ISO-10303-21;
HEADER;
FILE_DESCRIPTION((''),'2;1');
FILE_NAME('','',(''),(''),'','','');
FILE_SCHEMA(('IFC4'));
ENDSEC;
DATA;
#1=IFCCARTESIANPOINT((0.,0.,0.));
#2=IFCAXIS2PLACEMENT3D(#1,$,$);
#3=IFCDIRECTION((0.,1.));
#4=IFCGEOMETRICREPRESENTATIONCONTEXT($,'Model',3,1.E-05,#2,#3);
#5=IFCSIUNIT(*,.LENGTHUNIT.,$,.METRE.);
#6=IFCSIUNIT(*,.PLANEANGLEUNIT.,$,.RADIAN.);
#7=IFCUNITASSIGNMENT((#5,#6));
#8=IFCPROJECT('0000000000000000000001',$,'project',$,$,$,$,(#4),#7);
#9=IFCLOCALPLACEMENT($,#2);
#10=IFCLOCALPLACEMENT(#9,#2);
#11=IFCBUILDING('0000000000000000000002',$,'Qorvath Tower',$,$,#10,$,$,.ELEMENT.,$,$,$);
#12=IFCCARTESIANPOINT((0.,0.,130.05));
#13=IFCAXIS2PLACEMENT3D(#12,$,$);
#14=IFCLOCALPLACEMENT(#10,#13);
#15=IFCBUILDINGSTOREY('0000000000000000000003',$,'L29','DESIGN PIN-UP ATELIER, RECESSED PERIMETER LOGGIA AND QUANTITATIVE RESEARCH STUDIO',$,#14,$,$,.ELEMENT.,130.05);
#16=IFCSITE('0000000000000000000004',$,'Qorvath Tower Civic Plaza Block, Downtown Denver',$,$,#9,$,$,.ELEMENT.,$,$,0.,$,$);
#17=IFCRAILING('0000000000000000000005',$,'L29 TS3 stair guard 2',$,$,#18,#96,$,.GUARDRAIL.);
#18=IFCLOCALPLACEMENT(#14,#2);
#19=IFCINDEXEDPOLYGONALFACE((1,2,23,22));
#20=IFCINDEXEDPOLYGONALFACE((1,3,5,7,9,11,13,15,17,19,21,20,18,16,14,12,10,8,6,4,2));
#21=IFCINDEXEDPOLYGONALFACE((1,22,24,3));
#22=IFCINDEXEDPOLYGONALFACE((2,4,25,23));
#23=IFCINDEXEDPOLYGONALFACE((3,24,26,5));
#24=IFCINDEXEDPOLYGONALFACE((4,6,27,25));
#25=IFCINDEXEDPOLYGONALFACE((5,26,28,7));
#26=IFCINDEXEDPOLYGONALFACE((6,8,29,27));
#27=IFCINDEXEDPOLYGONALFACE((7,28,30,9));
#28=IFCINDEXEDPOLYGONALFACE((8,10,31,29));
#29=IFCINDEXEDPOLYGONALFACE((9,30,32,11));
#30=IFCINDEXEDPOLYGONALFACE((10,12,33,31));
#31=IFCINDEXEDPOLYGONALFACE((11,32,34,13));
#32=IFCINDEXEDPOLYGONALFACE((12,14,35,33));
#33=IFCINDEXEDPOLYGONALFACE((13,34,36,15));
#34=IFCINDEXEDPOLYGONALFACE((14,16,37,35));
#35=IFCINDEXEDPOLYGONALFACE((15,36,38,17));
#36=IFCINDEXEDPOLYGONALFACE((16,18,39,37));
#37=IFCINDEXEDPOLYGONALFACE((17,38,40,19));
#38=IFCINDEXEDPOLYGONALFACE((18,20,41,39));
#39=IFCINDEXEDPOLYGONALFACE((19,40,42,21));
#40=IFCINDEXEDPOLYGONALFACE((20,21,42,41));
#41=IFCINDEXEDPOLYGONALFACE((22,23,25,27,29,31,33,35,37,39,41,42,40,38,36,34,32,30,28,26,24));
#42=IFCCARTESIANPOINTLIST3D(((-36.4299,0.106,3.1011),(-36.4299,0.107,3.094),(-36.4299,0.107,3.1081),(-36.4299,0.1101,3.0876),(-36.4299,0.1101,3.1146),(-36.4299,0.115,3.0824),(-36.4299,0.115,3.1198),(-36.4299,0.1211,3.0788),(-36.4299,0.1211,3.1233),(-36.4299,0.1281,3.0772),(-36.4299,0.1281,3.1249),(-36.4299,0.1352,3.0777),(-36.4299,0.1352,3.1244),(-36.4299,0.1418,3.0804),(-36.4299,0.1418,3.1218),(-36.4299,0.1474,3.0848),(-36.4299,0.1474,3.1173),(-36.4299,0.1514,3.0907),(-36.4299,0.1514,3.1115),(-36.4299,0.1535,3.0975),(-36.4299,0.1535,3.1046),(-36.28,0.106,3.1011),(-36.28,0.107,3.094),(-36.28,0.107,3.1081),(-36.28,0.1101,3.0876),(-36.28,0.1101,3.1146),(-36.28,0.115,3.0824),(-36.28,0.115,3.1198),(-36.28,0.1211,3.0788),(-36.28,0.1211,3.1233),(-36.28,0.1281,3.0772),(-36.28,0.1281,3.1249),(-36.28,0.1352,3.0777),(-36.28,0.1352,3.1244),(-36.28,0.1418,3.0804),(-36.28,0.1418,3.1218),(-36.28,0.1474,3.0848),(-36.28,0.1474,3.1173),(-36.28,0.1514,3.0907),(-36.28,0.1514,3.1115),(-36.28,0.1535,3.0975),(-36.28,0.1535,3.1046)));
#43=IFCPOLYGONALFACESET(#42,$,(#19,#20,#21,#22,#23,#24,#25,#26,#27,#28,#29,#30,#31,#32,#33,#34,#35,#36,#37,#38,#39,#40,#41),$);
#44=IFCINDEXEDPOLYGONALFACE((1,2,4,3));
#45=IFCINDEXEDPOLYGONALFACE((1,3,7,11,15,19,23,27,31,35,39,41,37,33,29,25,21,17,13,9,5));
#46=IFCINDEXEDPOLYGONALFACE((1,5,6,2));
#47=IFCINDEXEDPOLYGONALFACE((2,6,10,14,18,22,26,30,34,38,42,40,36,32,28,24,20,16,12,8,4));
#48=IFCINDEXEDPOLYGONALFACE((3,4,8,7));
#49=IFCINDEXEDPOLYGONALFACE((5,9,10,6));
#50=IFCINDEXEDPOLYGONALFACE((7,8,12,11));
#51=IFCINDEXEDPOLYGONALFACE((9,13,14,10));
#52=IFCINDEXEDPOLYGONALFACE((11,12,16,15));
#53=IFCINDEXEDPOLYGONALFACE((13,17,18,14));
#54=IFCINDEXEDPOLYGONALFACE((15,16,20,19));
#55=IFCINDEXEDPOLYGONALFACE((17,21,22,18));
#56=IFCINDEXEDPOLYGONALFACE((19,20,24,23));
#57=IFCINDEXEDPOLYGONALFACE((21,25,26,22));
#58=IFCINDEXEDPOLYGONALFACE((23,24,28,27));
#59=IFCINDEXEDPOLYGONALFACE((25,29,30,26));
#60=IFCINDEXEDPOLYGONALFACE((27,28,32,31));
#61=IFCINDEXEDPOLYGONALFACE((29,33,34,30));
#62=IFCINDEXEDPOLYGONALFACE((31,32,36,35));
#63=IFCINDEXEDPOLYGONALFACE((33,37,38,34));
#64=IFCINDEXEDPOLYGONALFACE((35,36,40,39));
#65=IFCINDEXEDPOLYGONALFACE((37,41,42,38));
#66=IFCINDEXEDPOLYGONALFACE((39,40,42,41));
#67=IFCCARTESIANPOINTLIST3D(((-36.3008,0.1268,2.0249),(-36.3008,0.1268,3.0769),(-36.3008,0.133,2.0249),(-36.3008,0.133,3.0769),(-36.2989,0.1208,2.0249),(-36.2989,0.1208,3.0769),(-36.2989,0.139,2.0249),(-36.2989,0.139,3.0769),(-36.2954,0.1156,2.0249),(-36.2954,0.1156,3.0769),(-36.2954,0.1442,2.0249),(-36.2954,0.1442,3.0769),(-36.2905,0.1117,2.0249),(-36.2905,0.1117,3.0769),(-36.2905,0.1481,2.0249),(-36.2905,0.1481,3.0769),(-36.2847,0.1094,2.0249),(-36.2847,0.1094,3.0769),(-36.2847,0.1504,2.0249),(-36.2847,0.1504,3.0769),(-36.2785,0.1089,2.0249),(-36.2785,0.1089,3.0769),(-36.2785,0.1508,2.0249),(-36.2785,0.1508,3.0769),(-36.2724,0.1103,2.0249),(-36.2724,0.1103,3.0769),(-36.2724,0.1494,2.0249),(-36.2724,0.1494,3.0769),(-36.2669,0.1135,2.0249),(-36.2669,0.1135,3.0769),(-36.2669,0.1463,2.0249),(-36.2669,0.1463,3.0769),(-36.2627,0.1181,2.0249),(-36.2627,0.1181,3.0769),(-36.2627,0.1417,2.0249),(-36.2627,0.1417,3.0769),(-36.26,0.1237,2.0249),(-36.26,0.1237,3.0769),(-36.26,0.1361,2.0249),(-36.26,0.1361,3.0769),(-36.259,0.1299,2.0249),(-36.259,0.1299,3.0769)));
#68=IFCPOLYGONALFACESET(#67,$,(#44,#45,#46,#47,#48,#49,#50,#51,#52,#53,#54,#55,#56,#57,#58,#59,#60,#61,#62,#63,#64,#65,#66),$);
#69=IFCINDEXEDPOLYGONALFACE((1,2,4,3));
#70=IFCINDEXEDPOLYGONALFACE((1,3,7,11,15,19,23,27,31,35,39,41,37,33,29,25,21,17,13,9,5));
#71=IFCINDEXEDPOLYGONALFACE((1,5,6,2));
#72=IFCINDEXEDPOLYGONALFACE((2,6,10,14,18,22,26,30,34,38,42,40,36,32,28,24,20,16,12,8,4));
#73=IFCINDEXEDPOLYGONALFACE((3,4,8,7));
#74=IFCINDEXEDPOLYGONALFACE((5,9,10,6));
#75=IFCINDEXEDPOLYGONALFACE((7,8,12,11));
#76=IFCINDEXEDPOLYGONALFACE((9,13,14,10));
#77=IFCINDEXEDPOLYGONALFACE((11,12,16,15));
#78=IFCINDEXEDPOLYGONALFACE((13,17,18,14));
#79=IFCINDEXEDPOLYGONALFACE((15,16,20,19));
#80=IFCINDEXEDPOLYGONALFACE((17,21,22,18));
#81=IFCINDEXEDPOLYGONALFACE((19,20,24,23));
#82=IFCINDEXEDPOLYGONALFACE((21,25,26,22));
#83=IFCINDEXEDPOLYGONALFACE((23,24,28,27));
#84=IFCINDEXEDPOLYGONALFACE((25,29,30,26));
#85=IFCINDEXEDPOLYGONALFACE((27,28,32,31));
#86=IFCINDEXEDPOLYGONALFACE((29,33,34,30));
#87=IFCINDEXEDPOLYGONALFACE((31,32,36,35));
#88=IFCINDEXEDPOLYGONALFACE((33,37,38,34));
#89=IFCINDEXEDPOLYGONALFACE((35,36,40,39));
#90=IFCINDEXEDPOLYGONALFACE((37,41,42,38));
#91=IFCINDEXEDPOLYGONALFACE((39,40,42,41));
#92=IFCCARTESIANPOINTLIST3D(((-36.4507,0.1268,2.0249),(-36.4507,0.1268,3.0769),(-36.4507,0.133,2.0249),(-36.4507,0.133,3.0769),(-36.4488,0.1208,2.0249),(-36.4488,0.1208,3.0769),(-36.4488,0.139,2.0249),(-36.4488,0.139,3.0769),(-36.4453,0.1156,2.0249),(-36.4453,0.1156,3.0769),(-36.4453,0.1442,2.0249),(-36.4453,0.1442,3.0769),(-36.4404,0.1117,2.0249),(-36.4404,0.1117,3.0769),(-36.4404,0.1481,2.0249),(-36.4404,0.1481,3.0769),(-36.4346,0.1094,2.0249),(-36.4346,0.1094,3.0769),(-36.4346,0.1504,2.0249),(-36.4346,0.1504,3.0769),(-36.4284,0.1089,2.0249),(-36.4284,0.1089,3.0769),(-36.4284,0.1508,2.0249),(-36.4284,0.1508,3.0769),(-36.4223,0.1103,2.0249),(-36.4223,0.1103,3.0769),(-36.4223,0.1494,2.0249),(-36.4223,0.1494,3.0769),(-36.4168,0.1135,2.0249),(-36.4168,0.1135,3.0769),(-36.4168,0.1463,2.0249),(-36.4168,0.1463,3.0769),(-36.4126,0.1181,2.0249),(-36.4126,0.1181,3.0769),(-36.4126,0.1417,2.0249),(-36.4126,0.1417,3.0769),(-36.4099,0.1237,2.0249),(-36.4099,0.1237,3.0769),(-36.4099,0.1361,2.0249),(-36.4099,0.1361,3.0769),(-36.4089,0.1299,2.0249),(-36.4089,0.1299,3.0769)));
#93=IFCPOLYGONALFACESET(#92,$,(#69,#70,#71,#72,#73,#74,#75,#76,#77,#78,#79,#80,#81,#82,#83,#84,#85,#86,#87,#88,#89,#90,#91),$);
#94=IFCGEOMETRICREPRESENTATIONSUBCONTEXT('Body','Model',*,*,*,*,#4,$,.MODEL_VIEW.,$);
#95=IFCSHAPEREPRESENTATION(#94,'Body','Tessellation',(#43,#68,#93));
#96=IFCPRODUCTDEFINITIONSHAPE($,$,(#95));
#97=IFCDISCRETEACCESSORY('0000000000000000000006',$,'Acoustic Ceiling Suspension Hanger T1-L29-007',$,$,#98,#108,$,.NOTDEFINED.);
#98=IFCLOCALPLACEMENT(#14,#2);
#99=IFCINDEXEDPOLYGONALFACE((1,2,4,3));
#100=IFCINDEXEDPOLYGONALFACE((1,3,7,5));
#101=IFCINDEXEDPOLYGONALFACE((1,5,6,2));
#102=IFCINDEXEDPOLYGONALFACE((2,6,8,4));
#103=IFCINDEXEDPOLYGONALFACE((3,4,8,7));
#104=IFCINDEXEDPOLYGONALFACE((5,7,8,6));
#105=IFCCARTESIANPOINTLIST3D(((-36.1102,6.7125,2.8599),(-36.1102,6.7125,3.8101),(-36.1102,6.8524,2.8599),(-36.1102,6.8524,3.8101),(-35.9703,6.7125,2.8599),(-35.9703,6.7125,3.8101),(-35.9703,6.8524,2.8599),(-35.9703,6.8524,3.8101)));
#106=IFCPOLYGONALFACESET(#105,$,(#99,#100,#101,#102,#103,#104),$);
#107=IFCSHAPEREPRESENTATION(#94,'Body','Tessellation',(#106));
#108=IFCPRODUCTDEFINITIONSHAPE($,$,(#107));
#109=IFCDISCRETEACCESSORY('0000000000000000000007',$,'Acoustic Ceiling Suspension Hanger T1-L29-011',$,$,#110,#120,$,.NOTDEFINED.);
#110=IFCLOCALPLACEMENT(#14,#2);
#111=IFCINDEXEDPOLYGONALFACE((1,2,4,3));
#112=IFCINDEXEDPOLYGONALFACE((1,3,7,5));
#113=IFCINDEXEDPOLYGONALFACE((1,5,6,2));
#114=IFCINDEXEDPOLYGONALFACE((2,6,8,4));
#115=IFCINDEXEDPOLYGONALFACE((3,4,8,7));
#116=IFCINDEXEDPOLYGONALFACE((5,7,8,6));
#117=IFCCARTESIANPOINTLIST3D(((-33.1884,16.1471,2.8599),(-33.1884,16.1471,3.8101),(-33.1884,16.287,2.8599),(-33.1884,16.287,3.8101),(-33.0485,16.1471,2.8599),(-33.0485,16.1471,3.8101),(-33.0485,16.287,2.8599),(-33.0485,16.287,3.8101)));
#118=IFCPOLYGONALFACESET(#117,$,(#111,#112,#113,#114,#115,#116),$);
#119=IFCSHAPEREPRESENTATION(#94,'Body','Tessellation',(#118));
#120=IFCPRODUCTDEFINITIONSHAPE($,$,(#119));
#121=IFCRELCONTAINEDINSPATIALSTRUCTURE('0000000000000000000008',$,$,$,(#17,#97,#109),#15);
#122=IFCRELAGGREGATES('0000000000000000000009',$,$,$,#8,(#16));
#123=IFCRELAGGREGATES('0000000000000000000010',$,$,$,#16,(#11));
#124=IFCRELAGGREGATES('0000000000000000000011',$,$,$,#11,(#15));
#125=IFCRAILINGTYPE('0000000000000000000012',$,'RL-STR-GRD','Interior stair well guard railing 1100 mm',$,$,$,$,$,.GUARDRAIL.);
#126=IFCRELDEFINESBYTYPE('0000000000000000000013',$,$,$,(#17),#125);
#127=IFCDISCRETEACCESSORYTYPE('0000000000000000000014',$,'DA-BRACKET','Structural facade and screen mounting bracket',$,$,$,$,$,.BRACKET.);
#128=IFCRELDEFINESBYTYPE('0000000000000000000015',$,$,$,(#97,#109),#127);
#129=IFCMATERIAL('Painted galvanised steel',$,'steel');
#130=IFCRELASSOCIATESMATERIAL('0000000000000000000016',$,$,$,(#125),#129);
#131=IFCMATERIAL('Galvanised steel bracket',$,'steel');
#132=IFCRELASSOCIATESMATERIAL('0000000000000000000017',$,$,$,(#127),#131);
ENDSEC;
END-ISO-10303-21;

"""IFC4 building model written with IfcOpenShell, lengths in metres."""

from ifc_helpers import new_model, si_unit, direction, frame, origin, origin_2d, place, context, subcontext, project, spatial, rectangle, circle, extrude, material, type_object, element, save


model = new_model("IFC4")

# Units and contexts
model_context = context("Model", 3, precision=1e-05, world=origin(), true_north=direction((0.0, 1.0)))
body_context = subcontext(model_context, "Body", "Model", "MODEL_VIEW")
ifc_project = project(units=[si_unit("LENGTHUNIT", "METRE"), si_unit("PLANEANGLEUNIT", "RADIAN")], contexts=[model_context])

# Site, building, storey
site_placement = place(None, origin())
site = spatial("IfcSite", under=ifc_project, at=site_placement, Name="Qorvath Tower Civic Plaza Block, Downtown Denver", CompositionType="ELEMENT", RefElevation=0.0)
building_placement = place(site_placement, origin())
building = spatial("IfcBuilding", under=site, at=building_placement, Name="Qorvath Tower", CompositionType="ELEMENT")
storey_placement = place(building_placement, frame((0.0, 0.0, 130.05)))
storey = spatial("IfcBuildingStorey", under=building, at=storey_placement, Name="L29", Description="DESIGN PIN-UP ATELIER, RECESSED PERIMETER LOGGIA AND QUANTITATIVE RESEARCH STUDIO", CompositionType="ELEMENT", Elevation=130.05)

# Railing
ifc_material_1 = material(Name="Painted galvanised steel", Category="steel")
railing_type = type_object("IfcRailingType", Name="RL-STR-GRD", Description="Interior stair well guard railing 1100 mm", PredefinedType="GUARDRAIL", material=ifc_material_1)
railing_placement = place(storey_placement, frame((-36.28, 0.1299, 2.0249)))
element("IfcRailing", 1, at=railing_placement, inside=storey, type_object=railing_type, Name="L29 TS3 stair guard 2", PredefinedType="GUARDRAIL", context=body_context, shape_type="SweptSolid", body=[
    extrude(circle(Radius=0.0239, at=origin_2d()), frame((0.0, 0.0, 1.0762), z_axis=(-1.0, 0.0, 0.0), x_axis=(0.0, -1.0, 0.0)), (0.0, 0.0, 1.0), 0.1499),
    extrude(circle(Radius=0.021, at=origin_2d()), origin(), (0.0, 0.0, 1.0), 1.052),
    extrude(circle(Radius=0.021, at=origin_2d()), frame((-0.1499, 0.0, 0.0)), (0.0, 0.0, 1.0), 1.052),
])

# Discrete accessories
ifc_material_2 = material(Name="Galvanised steel bracket", Category="steel")
discrete_accessory_type = type_object("IfcDiscreteAccessoryType", Name="DA-BRACKET", Description="Structural facade and screen mounting bracket", PredefinedType="BRACKET", material=ifc_material_2)
for number, where, z_axis, x_axis, name in (
    (2, (-36.0403, 6.7825, 2.8599), (0.0, 0.0, 1.0), (1.0, 0.0, 0.0), "Acoustic Ceiling Suspension Hanger T1-L29-007"),
    (3, (-33.1184, 16.217, 2.8599), (0.0, 0.0, 1.0), (1.0, 0.0, 0.0), "Acoustic Ceiling Suspension Hanger T1-L29-011"),
):
    element("IfcDiscreteAccessory", number, at=place(storey_placement, frame(where, z_axis=z_axis, x_axis=x_axis)), inside=storey, type_object=discrete_accessory_type, Name=name, PredefinedType="NOTDEFINED", context=body_context, shape_type="SweptSolid", body=[
        extrude(rectangle(XDim=0.1399, YDim=0.1399, at=origin_2d()), origin(), (0.0, 0.0, 1.0), 0.9502),
    ])

save(model, "model.ifc")
